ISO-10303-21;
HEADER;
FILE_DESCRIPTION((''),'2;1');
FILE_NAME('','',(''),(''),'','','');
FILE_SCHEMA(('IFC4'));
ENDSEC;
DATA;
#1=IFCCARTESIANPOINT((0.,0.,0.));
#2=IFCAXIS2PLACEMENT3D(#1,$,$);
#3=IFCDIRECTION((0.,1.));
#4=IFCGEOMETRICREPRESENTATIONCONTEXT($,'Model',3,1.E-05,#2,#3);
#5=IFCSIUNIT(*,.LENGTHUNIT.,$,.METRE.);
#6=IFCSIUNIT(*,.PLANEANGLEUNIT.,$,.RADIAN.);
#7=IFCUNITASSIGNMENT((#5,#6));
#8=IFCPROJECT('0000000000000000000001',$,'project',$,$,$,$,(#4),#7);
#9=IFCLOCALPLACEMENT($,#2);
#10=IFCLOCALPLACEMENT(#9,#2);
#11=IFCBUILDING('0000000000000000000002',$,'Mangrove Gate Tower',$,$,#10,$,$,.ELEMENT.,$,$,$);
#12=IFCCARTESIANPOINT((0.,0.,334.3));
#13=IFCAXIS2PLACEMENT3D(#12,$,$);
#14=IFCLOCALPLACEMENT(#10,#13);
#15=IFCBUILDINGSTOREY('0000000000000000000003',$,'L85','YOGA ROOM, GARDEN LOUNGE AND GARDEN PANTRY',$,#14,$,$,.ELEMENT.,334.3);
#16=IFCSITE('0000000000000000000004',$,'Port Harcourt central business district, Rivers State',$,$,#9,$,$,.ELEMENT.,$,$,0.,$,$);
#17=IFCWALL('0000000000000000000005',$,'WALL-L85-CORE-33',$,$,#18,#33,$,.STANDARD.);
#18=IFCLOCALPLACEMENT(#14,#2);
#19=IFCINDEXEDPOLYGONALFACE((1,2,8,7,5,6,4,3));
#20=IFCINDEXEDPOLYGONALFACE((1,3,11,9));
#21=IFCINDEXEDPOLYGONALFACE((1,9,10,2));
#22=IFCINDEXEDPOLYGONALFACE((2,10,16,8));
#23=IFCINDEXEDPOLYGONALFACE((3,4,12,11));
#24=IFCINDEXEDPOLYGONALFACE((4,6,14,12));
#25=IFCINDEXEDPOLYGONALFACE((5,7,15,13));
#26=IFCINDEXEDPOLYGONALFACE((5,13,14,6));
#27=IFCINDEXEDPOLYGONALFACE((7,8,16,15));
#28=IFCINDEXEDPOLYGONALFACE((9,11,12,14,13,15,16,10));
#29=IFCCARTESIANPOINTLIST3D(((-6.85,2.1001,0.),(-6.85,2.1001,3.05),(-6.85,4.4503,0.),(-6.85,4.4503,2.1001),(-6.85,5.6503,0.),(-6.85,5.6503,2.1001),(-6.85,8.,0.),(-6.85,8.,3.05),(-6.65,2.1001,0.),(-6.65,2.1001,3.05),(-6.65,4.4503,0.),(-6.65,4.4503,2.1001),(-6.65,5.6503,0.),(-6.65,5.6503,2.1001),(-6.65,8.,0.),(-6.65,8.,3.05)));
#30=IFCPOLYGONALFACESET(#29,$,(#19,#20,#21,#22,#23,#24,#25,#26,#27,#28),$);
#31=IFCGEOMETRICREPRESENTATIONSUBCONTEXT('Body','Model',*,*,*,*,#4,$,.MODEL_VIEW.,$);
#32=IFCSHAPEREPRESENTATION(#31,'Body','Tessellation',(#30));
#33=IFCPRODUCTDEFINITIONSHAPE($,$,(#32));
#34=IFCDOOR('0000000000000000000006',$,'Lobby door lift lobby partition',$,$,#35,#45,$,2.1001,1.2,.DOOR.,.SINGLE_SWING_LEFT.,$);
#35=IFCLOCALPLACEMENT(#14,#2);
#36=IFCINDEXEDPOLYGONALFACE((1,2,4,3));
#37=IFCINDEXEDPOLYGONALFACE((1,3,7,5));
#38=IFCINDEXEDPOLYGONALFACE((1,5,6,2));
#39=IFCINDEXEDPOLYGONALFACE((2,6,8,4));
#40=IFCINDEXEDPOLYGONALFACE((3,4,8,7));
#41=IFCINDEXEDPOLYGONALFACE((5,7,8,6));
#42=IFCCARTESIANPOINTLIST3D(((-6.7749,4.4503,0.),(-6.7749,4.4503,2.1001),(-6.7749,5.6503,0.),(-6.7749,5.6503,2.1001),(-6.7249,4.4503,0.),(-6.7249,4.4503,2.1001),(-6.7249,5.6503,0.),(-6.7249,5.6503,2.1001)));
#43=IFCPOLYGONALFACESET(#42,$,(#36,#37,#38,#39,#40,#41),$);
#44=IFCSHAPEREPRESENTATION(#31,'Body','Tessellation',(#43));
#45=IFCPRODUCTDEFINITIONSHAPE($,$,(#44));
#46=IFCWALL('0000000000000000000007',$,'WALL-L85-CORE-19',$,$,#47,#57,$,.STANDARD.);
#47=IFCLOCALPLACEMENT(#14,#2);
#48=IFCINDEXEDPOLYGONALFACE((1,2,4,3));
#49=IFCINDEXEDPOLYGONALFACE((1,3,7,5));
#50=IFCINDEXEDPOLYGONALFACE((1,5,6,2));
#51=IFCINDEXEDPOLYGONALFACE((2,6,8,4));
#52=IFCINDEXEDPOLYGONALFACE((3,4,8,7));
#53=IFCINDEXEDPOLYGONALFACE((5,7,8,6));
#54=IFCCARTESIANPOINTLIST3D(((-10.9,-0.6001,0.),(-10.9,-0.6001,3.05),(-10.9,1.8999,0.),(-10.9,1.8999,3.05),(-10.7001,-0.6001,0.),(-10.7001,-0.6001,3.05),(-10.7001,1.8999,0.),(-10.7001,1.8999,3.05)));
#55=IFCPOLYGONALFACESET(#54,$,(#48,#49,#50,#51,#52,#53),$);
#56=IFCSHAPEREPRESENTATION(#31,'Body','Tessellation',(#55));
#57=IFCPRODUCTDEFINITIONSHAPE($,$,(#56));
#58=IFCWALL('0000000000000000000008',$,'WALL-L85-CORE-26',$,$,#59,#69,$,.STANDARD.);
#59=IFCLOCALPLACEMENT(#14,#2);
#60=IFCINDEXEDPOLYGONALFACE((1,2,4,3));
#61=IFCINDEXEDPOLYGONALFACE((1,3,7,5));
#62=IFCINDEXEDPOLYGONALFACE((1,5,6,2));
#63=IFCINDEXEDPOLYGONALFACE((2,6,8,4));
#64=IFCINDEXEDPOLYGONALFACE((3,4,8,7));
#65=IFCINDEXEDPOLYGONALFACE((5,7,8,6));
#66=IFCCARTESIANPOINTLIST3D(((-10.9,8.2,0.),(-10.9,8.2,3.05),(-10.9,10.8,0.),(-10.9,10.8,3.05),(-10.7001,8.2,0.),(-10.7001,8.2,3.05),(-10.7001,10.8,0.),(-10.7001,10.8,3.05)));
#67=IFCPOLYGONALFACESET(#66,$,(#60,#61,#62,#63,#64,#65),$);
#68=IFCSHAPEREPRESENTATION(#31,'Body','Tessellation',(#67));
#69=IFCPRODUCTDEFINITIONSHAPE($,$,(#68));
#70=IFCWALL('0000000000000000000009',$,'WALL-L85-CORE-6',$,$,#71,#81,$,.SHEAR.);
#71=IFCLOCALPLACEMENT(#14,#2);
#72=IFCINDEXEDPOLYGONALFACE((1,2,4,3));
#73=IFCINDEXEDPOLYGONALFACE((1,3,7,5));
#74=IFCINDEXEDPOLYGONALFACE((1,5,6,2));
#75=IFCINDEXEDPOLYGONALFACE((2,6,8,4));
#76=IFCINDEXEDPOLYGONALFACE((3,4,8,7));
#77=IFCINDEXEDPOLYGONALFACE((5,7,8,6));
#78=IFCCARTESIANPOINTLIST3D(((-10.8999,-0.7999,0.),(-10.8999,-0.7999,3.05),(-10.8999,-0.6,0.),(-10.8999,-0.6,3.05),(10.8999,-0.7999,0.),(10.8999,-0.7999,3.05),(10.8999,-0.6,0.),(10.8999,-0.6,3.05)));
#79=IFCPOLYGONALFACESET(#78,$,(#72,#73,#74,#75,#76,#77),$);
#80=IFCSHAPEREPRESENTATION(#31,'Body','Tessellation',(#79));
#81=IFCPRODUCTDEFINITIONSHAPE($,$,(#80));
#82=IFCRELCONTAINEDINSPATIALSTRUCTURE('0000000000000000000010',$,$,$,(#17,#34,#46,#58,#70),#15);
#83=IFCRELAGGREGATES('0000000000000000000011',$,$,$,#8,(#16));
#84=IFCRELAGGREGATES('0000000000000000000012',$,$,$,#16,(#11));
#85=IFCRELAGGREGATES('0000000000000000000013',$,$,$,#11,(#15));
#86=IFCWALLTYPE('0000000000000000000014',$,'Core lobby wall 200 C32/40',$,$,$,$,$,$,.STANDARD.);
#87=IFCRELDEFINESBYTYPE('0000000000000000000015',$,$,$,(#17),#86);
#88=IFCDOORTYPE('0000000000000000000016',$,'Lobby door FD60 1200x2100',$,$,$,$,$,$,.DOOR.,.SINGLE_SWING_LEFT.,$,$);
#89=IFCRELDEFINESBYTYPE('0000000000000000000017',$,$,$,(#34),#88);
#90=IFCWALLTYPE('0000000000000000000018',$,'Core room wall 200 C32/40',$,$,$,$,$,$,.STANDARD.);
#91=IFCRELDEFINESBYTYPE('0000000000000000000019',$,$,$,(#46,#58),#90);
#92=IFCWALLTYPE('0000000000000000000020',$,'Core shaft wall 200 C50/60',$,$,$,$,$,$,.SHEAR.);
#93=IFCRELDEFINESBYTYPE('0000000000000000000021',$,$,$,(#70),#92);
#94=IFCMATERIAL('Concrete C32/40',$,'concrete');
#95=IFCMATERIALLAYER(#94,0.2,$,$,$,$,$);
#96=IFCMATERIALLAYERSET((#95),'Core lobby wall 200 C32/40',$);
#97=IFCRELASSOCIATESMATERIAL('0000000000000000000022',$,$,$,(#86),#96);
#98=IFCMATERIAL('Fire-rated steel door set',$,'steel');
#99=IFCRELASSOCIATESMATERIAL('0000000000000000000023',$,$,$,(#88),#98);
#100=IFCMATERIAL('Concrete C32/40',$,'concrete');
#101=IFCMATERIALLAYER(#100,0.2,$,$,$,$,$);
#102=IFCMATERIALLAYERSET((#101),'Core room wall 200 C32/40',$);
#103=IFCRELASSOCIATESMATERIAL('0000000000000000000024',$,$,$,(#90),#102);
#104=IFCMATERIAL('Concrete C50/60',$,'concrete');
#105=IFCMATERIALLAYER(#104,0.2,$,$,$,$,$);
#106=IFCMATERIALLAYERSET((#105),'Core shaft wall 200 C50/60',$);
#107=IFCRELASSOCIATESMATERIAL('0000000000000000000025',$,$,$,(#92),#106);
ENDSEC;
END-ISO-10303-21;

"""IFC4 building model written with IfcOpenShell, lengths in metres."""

from ifc_helpers import new_model, si_unit, direction, frame, frame_2d, origin, place, context, subcontext, project, spatial, rectangle, extrude, material, layer, layer_set, type_object, element, fill, save


model = new_model("IFC4")

# Units and contexts
model_context = context("Model", 3, precision=1e-05, world=origin(), true_north=direction((0.0, 1.0)))
body_context = subcontext(model_context, "Body", "Model", "MODEL_VIEW")
ifc_project = project(units=[si_unit("LENGTHUNIT", "METRE"), si_unit("PLANEANGLEUNIT", "RADIAN")], contexts=[model_context])

# Site, building, storey
site_placement = place(None, origin())
site = spatial("IfcSite", under=ifc_project, at=site_placement, Name="Port Harcourt central business district, Rivers State", CompositionType="ELEMENT", RefElevation=0.0)
building_placement = place(site_placement, origin())
building = spatial("IfcBuilding", under=site, at=building_placement, Name="Mangrove Gate Tower", CompositionType="ELEMENT")
storey_placement = place(building_placement, frame((0.0, 0.0, 334.3)))
storey = spatial("IfcBuildingStorey", under=building, at=storey_placement, Name="L85", Description="YOGA ROOM, GARDEN LOUNGE AND GARDEN PANTRY", CompositionType="ELEMENT", Elevation=334.3)

# Wall, opening, door
ifc_material_1 = material(Name="Concrete C32/40", Category="concrete")
ifc_layer_1 = layer(ifc_material_1, 0.2)
ifc_layer_set_1 = layer_set([ifc_layer_1], Name="Core lobby wall 200 C32/40")
wall_type_1 = type_object("IfcWallType", Name="Core lobby wall 200 C32/40", PredefinedType="STANDARD", material=ifc_layer_set_1)
wall_1_placement = place(storey_placement, frame((-6.75, 2.1001, 0.0), z_axis=(0.0, 0.0, 1.0), x_axis=(0.0, 1.0, 0.0)))
wall_1 = element("IfcWall", 1, at=wall_1_placement, inside=storey, type_object=wall_type_1, Name="WALL-L85-CORE-33", PredefinedType="STANDARD", context=body_context, shape_type="SweptSolid", body=[
    extrude(rectangle(XDim=5.8999, YDim=0.2, at=frame_2d((2.95, 0.0))), origin(), (0.0, 0.0, 1.0), 3.05),
])
opening_1_placement = place(wall_1_placement, frame((2.3501, 0.0, 0.0)))
opening_1 = element("IfcOpeningElement", 2, at=opening_1_placement, cuts=wall_1, PredefinedType="OPENING", context=body_context, shape_type="SweptSolid", body=[
    extrude(rectangle(XDim=1.2, YDim=2.1001, at=frame_2d((0.6001, 1.05))), frame((0.0, 0.1099, 0.0), z_axis=(0.0, -1.0, 0.0), x_axis=(1.0, 0.0, 0.0)), (0.0, 0.0, 1.0), 0.22),
])
ifc_material_2 = material(Name="Fire-rated steel door set", Category="steel")
door_type_1 = type_object("IfcDoorType", Name="Lobby door FD60 1200x2100", OperationType="SINGLE_SWING_LEFT", PredefinedType="DOOR", material=ifc_material_2)
door_1_placement = place(opening_1_placement, origin())
door_1 = element("IfcDoor", 3, at=door_1_placement, inside=storey, type_object=door_type_1, Name="Lobby door lift lobby partition", OperationType="SINGLE_SWING_LEFT", OverallHeight=2.1001, OverallWidth=1.2, PredefinedType="DOOR", context=body_context, shape_type="SweptSolid", body=[
    extrude(rectangle(XDim=1.2, YDim=2.1001, at=frame_2d((0.6001, 1.05))), frame((0.0, 0.0249, 0.0), z_axis=(0.0, -1.0, 0.0), x_axis=(1.0, 0.0, 0.0)), (0.0, 0.0, 1.0), 0.05),
])
fill(opening_1, door_1)

# Walls
ifc_material_3 = material(Name="Concrete C32/40", Category="concrete")
ifc_layer_2 = layer(ifc_material_3, 0.2)
ifc_layer_set_2 = layer_set([ifc_layer_2], Name="Core room wall 200 C32/40")
wall_type_2 = type_object("IfcWallType", Name="Core room wall 200 C32/40", PredefinedType="STANDARD", material=ifc_layer_set_2)
wall_2_placement = place(storey_placement, frame((-10.8, -0.6001, 0.0), z_axis=(0.0, 0.0, 1.0), x_axis=(0.0, 1.0, 0.0)))
element("IfcWall", 4, at=wall_2_placement, inside=storey, type_object=wall_type_2, Name="WALL-L85-CORE-19", PredefinedType="STANDARD", context=body_context, shape_type="SweptSolid", body=[
    extrude(rectangle(XDim=2.5, YDim=0.2, at=frame_2d((1.25, 0.0))), origin(), (0.0, 0.0, 1.0), 3.05),
])
wall_3_placement = place(storey_placement, frame((-10.8, 8.2, 0.0), z_axis=(0.0, 0.0, 1.0), x_axis=(0.0, 1.0, 0.0)))
element("IfcWall", 5, at=wall_3_placement, inside=storey, type_object=wall_type_2, Name="WALL-L85-CORE-26", PredefinedType="STANDARD", context=body_context, shape_type="SweptSolid", body=[
    extrude(rectangle(XDim=2.6001, YDim=0.2, at=frame_2d((1.3, 0.0))), origin(), (0.0, 0.0, 1.0), 3.05),
])
ifc_material_4 = material(Name="Concrete C50/60", Category="concrete")
ifc_layer_3 = layer(ifc_material_4, 0.2)
ifc_layer_set_3 = layer_set([ifc_layer_3], Name="Core shaft wall 200 C50/60")
wall_type_3 = type_object("IfcWallType", Name="Core shaft wall 200 C50/60", PredefinedType="SHEAR", material=ifc_layer_set_3)
wall_4_placement = place(storey_placement, frame((-10.8999, -0.7, 0.0), z_axis=(0.0, 0.0, 1.0), x_axis=(1.0, 0.0, 0.0)))
element("IfcWall", 6, at=wall_4_placement, inside=storey, type_object=wall_type_3, Name="WALL-L85-CORE-6", PredefinedType="SHEAR", context=body_context, shape_type="SweptSolid", body=[
    extrude(rectangle(XDim=21.7998, YDim=0.2, at=frame_2d((10.8999, 0.0))), origin(), (0.0, 0.0, 1.0), 3.05),
])

save(model, "model.ifc")
